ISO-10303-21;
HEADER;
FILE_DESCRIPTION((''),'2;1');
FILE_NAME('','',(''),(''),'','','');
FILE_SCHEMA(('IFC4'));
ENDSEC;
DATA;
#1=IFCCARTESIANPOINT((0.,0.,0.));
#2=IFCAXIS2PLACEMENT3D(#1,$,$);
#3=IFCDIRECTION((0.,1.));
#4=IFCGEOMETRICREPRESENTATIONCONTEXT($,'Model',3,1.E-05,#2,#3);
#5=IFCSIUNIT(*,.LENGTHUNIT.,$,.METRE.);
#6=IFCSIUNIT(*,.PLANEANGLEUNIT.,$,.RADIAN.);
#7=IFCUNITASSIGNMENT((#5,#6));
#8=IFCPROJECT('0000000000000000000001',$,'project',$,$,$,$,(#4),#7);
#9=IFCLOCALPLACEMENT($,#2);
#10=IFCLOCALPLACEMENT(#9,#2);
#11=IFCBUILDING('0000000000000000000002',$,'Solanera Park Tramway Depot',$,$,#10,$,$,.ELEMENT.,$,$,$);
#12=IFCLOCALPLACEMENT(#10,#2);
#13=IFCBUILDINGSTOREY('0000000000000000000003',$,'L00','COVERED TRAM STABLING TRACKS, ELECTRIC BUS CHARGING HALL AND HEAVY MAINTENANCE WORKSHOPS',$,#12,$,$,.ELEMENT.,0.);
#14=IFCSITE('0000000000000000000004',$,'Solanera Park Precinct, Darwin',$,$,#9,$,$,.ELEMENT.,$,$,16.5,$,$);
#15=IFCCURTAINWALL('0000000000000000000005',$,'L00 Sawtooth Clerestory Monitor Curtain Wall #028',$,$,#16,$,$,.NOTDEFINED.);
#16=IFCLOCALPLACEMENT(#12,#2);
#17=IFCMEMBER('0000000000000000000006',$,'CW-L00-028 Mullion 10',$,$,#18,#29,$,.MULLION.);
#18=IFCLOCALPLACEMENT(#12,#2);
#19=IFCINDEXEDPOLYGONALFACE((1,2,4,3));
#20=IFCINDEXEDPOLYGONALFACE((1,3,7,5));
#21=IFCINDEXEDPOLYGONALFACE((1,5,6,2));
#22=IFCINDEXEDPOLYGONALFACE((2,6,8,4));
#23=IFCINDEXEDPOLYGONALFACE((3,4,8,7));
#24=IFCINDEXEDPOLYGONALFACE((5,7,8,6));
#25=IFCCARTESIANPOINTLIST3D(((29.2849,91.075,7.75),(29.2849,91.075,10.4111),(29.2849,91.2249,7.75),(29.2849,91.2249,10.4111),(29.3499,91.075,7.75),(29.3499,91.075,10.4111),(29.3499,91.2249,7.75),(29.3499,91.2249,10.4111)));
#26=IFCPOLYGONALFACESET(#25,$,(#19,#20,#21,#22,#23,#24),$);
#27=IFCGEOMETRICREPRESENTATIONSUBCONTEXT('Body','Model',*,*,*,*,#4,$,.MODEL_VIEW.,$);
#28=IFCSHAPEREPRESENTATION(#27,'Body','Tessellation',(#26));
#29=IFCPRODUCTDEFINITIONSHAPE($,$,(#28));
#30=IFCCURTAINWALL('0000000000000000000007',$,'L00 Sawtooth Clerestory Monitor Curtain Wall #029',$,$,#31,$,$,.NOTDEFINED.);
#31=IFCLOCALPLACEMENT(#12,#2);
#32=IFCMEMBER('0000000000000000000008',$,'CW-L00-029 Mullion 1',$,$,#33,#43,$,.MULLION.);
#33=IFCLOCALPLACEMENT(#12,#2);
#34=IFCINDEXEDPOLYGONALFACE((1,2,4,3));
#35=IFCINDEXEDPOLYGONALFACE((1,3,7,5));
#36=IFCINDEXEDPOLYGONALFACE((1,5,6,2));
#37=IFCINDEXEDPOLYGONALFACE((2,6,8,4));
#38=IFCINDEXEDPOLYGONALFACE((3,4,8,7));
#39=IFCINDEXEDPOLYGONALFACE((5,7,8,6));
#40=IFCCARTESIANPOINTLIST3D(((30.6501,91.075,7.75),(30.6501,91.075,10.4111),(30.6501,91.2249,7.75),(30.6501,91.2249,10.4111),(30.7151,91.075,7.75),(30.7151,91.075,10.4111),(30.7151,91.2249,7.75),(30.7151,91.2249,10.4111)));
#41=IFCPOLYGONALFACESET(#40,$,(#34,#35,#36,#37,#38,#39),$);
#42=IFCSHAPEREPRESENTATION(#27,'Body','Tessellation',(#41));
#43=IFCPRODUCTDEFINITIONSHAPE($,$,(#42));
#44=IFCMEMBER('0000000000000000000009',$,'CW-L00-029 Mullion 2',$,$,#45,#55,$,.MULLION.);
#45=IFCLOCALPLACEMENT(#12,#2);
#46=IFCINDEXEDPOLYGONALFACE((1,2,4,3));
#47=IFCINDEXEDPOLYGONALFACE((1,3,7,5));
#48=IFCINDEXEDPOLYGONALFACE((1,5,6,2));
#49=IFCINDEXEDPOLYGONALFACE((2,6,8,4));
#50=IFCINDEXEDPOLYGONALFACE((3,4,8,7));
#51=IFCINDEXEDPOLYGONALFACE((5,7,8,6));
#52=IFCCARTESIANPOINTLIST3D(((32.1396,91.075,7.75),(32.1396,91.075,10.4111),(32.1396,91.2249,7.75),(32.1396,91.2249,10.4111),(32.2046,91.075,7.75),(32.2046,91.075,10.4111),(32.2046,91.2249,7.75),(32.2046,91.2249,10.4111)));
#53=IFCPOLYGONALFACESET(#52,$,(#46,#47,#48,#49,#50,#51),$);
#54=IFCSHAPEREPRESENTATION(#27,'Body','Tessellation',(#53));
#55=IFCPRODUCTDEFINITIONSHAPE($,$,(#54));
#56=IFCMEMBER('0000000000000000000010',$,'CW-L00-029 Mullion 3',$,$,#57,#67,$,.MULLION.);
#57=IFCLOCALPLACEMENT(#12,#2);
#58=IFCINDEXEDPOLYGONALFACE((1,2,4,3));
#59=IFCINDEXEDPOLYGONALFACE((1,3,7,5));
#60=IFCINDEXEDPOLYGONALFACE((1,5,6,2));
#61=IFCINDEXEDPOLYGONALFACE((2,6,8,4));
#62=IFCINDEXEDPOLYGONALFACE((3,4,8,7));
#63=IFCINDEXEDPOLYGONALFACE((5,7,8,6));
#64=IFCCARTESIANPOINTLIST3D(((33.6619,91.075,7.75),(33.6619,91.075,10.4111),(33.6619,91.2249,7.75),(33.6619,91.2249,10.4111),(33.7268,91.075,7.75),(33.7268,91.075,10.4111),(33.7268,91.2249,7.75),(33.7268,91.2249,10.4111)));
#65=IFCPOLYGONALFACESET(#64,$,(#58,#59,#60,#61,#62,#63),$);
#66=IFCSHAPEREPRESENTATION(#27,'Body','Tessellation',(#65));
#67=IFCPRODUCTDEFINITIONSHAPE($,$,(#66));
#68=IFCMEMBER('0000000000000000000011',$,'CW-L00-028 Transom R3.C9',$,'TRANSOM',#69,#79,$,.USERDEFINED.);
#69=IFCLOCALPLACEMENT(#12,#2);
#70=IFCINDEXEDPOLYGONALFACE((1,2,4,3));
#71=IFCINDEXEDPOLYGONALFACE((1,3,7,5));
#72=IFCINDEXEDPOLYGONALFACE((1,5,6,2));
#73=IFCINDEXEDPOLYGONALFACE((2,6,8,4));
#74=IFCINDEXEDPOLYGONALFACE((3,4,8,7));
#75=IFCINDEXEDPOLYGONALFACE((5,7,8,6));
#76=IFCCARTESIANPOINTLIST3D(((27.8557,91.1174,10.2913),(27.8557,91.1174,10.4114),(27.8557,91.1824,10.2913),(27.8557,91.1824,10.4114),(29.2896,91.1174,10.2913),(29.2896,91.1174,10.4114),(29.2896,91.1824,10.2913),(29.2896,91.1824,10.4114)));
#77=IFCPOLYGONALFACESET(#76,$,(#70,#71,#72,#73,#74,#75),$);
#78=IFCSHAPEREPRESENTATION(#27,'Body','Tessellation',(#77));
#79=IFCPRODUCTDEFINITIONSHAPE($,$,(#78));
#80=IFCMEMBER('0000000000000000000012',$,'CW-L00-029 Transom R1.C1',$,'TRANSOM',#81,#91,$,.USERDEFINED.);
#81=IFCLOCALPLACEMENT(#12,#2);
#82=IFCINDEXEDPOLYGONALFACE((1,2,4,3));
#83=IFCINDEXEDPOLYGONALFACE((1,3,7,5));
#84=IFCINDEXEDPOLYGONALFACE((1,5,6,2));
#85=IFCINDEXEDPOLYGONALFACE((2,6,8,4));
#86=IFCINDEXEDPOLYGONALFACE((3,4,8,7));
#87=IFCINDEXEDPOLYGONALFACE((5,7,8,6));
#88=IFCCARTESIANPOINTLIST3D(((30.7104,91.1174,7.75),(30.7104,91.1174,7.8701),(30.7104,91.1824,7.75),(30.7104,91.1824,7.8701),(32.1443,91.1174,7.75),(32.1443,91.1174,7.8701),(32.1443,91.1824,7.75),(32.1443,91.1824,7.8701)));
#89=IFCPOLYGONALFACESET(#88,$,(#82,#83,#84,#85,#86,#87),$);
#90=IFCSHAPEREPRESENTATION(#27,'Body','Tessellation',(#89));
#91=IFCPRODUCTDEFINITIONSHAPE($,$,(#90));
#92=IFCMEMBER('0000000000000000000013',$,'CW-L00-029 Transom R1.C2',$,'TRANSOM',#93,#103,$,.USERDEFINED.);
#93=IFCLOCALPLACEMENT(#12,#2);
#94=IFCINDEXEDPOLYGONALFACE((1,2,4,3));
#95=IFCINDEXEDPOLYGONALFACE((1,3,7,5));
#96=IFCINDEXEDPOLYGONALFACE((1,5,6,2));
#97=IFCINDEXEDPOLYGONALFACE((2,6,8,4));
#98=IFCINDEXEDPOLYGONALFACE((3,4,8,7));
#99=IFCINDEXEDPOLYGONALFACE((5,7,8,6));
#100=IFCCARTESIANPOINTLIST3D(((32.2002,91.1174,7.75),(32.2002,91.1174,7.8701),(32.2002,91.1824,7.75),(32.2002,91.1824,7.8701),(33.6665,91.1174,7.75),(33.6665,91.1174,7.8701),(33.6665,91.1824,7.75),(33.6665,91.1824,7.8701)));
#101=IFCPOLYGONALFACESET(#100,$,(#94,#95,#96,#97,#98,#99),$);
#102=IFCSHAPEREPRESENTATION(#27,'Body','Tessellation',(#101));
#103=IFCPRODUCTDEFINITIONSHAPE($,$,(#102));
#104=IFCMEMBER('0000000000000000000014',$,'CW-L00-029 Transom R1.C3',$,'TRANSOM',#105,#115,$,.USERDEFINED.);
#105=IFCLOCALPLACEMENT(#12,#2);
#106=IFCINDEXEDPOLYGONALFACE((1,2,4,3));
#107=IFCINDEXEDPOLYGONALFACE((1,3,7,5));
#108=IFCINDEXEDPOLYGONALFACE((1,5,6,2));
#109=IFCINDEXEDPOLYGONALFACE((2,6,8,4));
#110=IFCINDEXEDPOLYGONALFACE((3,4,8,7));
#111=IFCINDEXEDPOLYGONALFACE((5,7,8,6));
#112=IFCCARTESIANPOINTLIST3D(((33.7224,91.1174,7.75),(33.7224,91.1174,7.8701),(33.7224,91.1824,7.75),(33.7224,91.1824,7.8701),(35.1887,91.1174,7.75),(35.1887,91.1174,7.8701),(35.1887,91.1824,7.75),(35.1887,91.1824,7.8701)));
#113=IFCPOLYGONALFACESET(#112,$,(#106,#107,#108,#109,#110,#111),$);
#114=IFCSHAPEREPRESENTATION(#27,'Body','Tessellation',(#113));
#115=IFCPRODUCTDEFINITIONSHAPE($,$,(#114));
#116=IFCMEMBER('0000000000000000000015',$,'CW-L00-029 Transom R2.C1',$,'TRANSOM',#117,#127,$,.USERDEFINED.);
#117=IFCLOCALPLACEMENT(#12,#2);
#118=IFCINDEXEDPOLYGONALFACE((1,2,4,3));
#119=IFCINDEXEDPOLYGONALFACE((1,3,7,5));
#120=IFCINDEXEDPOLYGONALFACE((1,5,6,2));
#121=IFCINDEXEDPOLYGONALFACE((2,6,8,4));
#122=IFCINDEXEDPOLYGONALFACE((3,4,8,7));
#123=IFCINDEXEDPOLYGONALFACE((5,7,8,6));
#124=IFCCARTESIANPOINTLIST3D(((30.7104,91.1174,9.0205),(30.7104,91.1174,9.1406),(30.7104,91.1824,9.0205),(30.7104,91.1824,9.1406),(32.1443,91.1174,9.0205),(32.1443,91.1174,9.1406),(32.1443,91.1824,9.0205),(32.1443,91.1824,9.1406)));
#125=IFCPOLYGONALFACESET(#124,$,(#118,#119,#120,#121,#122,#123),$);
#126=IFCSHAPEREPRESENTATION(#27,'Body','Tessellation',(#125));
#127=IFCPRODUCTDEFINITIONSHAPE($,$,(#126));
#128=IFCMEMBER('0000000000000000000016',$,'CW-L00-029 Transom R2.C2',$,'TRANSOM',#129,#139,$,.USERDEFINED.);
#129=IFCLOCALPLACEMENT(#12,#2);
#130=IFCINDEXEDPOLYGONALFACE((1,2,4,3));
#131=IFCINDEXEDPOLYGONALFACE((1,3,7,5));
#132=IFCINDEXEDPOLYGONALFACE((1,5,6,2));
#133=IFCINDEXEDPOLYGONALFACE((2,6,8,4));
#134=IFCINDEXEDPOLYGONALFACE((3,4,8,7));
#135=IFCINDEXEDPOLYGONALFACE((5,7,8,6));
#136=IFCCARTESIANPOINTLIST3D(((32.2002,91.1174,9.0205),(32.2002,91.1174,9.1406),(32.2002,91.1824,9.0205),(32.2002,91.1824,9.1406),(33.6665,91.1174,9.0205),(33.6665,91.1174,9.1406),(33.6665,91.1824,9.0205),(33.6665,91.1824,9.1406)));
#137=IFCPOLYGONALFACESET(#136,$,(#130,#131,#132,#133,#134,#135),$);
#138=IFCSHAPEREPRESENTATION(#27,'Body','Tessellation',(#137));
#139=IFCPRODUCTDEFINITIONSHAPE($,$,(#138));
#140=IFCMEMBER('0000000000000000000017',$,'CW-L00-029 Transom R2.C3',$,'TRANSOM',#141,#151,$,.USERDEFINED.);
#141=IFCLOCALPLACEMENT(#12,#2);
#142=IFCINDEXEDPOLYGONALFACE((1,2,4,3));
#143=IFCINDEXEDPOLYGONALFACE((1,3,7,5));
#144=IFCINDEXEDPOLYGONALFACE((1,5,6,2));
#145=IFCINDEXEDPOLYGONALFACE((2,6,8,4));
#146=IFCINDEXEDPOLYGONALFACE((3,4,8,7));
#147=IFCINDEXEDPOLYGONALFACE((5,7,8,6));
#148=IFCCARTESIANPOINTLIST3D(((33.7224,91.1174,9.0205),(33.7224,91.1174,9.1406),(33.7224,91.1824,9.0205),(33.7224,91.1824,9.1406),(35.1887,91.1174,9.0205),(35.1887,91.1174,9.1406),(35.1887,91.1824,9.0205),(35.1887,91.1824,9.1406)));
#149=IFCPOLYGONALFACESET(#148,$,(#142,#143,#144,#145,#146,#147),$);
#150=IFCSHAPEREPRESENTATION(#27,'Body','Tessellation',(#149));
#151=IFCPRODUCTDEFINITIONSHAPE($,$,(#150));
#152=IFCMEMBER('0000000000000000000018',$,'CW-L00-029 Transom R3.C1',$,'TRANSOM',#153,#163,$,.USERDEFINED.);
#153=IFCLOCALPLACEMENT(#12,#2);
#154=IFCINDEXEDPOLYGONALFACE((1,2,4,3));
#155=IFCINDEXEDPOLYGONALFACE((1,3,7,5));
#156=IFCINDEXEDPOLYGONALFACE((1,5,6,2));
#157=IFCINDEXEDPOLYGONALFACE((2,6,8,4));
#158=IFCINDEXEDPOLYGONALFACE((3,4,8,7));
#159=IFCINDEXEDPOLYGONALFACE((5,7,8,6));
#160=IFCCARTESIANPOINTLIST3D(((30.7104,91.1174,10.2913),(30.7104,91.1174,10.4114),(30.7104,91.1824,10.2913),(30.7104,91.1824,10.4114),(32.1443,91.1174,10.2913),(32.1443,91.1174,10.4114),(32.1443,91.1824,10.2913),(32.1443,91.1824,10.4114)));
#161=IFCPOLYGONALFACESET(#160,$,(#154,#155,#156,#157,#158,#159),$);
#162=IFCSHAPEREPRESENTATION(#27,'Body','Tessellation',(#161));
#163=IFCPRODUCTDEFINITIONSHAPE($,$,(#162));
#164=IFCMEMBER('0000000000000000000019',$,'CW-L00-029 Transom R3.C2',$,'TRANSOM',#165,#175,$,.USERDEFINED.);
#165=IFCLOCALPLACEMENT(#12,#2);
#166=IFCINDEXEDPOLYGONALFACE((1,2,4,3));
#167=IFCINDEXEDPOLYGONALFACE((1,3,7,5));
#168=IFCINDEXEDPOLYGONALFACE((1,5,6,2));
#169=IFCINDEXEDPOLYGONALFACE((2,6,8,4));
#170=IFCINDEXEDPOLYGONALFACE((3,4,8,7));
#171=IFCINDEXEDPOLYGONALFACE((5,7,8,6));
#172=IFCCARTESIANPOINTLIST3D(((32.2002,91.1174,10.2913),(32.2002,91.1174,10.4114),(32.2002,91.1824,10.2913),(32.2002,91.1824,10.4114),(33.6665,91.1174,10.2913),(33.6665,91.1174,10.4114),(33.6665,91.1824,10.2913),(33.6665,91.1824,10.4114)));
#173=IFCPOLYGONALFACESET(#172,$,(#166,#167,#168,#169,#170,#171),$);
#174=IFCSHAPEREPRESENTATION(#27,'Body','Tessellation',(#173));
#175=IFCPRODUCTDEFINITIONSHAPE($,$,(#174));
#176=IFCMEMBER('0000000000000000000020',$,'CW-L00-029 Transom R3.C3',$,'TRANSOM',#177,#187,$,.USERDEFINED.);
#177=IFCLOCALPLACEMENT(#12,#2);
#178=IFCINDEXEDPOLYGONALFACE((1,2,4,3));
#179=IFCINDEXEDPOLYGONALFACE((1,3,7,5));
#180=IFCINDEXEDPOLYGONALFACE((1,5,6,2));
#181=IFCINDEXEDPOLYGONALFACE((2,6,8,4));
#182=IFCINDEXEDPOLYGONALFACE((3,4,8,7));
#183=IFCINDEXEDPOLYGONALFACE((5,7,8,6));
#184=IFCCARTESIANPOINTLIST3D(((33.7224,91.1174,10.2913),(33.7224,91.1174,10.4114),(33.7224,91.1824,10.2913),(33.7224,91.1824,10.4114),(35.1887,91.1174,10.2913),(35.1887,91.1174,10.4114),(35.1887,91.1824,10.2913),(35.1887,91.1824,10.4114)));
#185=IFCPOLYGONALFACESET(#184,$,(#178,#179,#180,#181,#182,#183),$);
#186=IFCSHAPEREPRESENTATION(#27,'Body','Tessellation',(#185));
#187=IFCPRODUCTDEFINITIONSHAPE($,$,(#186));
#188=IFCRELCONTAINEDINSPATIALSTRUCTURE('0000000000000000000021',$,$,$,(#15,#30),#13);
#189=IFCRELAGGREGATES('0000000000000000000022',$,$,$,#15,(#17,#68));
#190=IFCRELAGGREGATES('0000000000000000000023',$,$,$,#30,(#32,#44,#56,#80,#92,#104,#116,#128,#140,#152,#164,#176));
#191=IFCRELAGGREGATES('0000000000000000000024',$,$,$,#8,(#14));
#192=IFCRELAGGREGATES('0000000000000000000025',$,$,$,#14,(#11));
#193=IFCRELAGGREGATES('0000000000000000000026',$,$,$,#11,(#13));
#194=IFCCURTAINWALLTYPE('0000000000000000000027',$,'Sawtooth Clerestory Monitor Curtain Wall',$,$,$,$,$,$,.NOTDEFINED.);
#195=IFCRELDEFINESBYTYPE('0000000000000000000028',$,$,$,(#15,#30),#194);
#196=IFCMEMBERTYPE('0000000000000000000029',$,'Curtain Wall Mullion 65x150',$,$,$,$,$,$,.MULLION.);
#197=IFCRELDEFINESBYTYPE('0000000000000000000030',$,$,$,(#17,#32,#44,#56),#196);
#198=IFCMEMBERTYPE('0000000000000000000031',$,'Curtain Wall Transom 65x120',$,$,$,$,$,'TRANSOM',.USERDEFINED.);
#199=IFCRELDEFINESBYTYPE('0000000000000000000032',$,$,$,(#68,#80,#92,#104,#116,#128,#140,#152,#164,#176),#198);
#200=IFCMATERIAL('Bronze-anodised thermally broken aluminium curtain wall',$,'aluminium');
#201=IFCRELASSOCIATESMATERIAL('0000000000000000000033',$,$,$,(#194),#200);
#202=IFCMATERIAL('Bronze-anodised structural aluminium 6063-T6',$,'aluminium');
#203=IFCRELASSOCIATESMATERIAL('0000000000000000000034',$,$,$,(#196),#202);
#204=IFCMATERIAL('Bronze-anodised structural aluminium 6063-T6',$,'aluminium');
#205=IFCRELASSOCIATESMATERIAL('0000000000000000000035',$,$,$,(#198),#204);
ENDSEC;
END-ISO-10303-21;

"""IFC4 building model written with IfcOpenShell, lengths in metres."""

from ifc_helpers import new_model, si_unit, direction, frame, origin, origin_2d, place, context, subcontext, project, spatial, rectangle, extrude, material, material_profile, profile_set, type_object, element, aggregate, save


model = new_model("IFC4")

# Units and contexts
model_context = context("Model", 3, precision=1e-05, world=origin(), true_north=direction((0.0, 1.0)))
body_context = subcontext(model_context, "Body", "Model", "MODEL_VIEW")
ifc_project = project(units=[si_unit("LENGTHUNIT", "METRE"), si_unit("PLANEANGLEUNIT", "RADIAN")], contexts=[model_context])

# Site, building, storey
site_placement = place(None, origin())
site = spatial("IfcSite", under=ifc_project, at=site_placement, Name="Solanera Park Precinct, Darwin", CompositionType="ELEMENT", RefElevation=16.5)
building_placement = place(site_placement, origin())
building = spatial("IfcBuilding", under=site, at=building_placement, Name="Solanera Park Tramway Depot", CompositionType="ELEMENT")
storey_placement = place(building_placement, origin())
storey = spatial("IfcBuildingStorey", under=building, at=storey_placement, Name="L00", Description="COVERED TRAM STABLING TRACKS, ELECTRIC BUS CHARGING HALL AND HEAVY MAINTENANCE WORKSHOPS", CompositionType="ELEMENT", Elevation=0.0)

# Curtain wall, member
ifc_material_1 = material(Name="Bronze-anodised thermally broken aluminium curtain wall", Category="aluminium")
curtain_wall_type = type_object("IfcCurtainWallType", Name="Sawtooth Clerestory Monitor Curtain Wall", PredefinedType="NOTDEFINED", material=ifc_material_1)
curtain_wall_1_placement = place(storey_placement, origin())
curtain_wall_1 = element("IfcCurtainWall", 1, at=curtain_wall_1_placement, inside=storey, type_object=curtain_wall_type, Name="L00 Sawtooth Clerestory Monitor Curtain Wall #028", PredefinedType="NOTDEFINED")
ifc_material_2 = material(Name="Bronze-anodised structural aluminium 6063-T6", Category="aluminium")
ifc_material_profile_1 = material_profile(ifc_material_2, rectangle(XDim=0.0649, YDim=0.1499, at=origin_2d()), Name="Curtain Wall Mullion 65x150")
ifc_profile_set_1 = profile_set([ifc_material_profile_1], Name="Bronze-anodised structural aluminium 6063-T6")
member_type_1 = type_object("IfcMemberType", Name="Curtain Wall Mullion 65x150", PredefinedType="MULLION", material=ifc_profile_set_1)
member_1_placement = place(storey_placement, frame((29.3174, 91.1499, 7.75), z_axis=(0.0, 0.0, 1.0), x_axis=(1.0, 0.0, 0.0)))
member_1 = element("IfcMember", 2, at=member_1_placement, type_object=member_type_1, Name="CW-L00-028 Mullion 10", PredefinedType="MULLION", context=body_context, shape_type="SweptSolid", body=[
    extrude(rectangle(XDim=0.0649, YDim=0.1499, at=origin_2d()), origin(), (0.0, 0.0, 1.0), 2.6611),
])

# Curtain wall, members
curtain_wall_2_placement = place(storey_placement, origin())
curtain_wall_2 = element("IfcCurtainWall", 3, at=curtain_wall_2_placement, inside=storey, type_object=curtain_wall_type, Name="L00 Sawtooth Clerestory Monitor Curtain Wall #029", PredefinedType="NOTDEFINED")
member_2_placement = place(storey_placement, frame((30.6826, 91.1499, 7.75), z_axis=(0.0, 0.0, 1.0), x_axis=(1.0, 0.0, 0.0)))
member_2 = element("IfcMember", 4, at=member_2_placement, type_object=member_type_1, Name="CW-L00-029 Mullion 1", PredefinedType="MULLION", context=body_context, shape_type="SweptSolid", body=[
    extrude(rectangle(XDim=0.0649, YDim=0.1499, at=origin_2d()), origin(), (0.0, 0.0, 1.0), 2.6611),
])
member_3_placement = place(storey_placement, frame((32.1721, 91.1499, 7.75), z_axis=(0.0, 0.0, 1.0), x_axis=(1.0, 0.0, 0.0)))
member_3 = element("IfcMember", 5, at=member_3_placement, type_object=member_type_1, Name="CW-L00-029 Mullion 2", PredefinedType="MULLION", context=body_context, shape_type="SweptSolid", body=[
    extrude(rectangle(XDim=0.0649, YDim=0.1499, at=origin_2d()), origin(), (0.0, 0.0, 1.0), 2.6611),
])
member_4_placement = place(storey_placement, frame((33.6943, 91.1499, 7.75), z_axis=(0.0, 0.0, 1.0), x_axis=(1.0, 0.0, 0.0)))
member_4 = element("IfcMember", 6, at=member_4_placement, type_object=member_type_1, Name="CW-L00-029 Mullion 3", PredefinedType="MULLION", context=body_context, shape_type="SweptSolid", body=[
    extrude(rectangle(XDim=0.0649, YDim=0.1499, at=origin_2d()), origin(), (0.0, 0.0, 1.0), 2.6611),
])

# Members
ifc_material_3 = material(Name="Bronze-anodised structural aluminium 6063-T6", Category="aluminium")
ifc_material_profile_2 = material_profile(ifc_material_3, rectangle(XDim=0.0649, YDim=0.1201, at=origin_2d()), Name="Curtain Wall Transom 65x120")
ifc_profile_set_2 = profile_set([ifc_material_profile_2], Name="Bronze-anodised structural aluminium 6063-T6")
member_type_2 = type_object("IfcMemberType", Name="Curtain Wall Transom 65x120", ElementType="TRANSOM", PredefinedType="USERDEFINED", material=ifc_profile_set_2)
member_5_placement = place(storey_placement, frame((27.8557, 91.1499, 10.3513), z_axis=(1.0, 0.0, 0.0), x_axis=(0.0, 1.0, 0.0)))
member_5 = element("IfcMember", 7, at=member_5_placement, type_object=member_type_2, Name="CW-L00-028 Transom R3.C9", ObjectType="TRANSOM", PredefinedType="USERDEFINED", context=body_context, shape_type="SweptSolid", body=[
    extrude(rectangle(XDim=0.0649, YDim=0.1201, at=origin_2d()), origin(), (0.0, 0.0, 1.0), 1.4338),
])
member_6_placement = place(storey_placement, frame((30.7104, 91.1499, 7.8101), z_axis=(1.0, 0.0, 0.0), x_axis=(0.0, 1.0, 0.0)))
member_6 = element("IfcMember", 8, at=member_6_placement, type_object=member_type_2, Name="CW-L00-029 Transom R1.C1", ObjectType="TRANSOM", PredefinedType="USERDEFINED", context=body_context, shape_type="SweptSolid", body=[
    extrude(rectangle(XDim=0.0649, YDim=0.1201, at=origin_2d()), origin(), (0.0, 0.0, 1.0), 1.4338),
])
member_7_placement = place(storey_placement, frame((32.2002, 91.1499, 7.8101), z_axis=(1.0, 0.0, 0.0), x_axis=(0.0, 1.0, 0.0)))
member_7 = element("IfcMember", 9, at=member_7_placement, type_object=member_type_2, Name="CW-L00-029 Transom R1.C2", ObjectType="TRANSOM", PredefinedType="USERDEFINED", context=body_context, shape_type="SweptSolid", body=[
    extrude(rectangle(XDim=0.0649, YDim=0.1201, at=origin_2d()), origin(), (0.0, 0.0, 1.0), 1.4663),
])
member_8_placement = place(storey_placement, frame((33.7224, 91.1499, 7.8101), z_axis=(1.0, 0.0, 0.0), x_axis=(0.0, 1.0, 0.0)))
member_8 = element("IfcMember", 10, at=member_8_placement, type_object=member_type_2, Name="CW-L00-029 Transom R1.C3", ObjectType="TRANSOM", PredefinedType="USERDEFINED", context=body_context, shape_type="SweptSolid", body=[
    extrude(rectangle(XDim=0.0649, YDim=0.1201, at=origin_2d()), origin(), (0.0, 0.0, 1.0), 1.4663),
])
member_9_placement = place(storey_placement, frame((30.7104, 91.1499, 9.0806), z_axis=(1.0, 0.0, 0.0), x_axis=(0.0, 1.0, 0.0)))
member_9 = element("IfcMember", 11, at=member_9_placement, type_object=member_type_2, Name="CW-L00-029 Transom R2.C1", ObjectType="TRANSOM", PredefinedType="USERDEFINED", context=body_context, shape_type="SweptSolid", body=[
    extrude(rectangle(XDim=0.0649, YDim=0.1201, at=origin_2d()), origin(), (0.0, 0.0, 1.0), 1.4338),
])
member_10_placement = place(storey_placement, frame((32.2002, 91.1499, 9.0806), z_axis=(1.0, 0.0, 0.0), x_axis=(0.0, 1.0, 0.0)))
member_10 = element("IfcMember", 12, at=member_10_placement, type_object=member_type_2, Name="CW-L00-029 Transom R2.C2", ObjectType="TRANSOM", PredefinedType="USERDEFINED", context=body_context, shape_type="SweptSolid", body=[
    extrude(rectangle(XDim=0.0649, YDim=0.1201, at=origin_2d()), origin(), (0.0, 0.0, 1.0), 1.4663),
])
member_11_placement = place(storey_placement, frame((33.7224, 91.1499, 9.0806), z_axis=(1.0, 0.0, 0.0), x_axis=(0.0, 1.0, 0.0)))
member_11 = element("IfcMember", 13, at=member_11_placement, type_object=member_type_2, Name="CW-L00-029 Transom R2.C3", ObjectType="TRANSOM", PredefinedType="USERDEFINED", context=body_context, shape_type="SweptSolid", body=[
    extrude(rectangle(XDim=0.0649, YDim=0.1201, at=origin_2d()), origin(), (0.0, 0.0, 1.0), 1.4663),
])
member_12_placement = place(storey_placement, frame((30.7104, 91.1499, 10.3513), z_axis=(1.0, 0.0, 0.0), x_axis=(0.0, 1.0, 0.0)))
member_12 = element("IfcMember", 14, at=member_12_placement, type_object=member_type_2, Name="CW-L00-029 Transom R3.C1", ObjectType="TRANSOM", PredefinedType="USERDEFINED", context=body_context, shape_type="SweptSolid", body=[
    extrude(rectangle(XDim=0.0649, YDim=0.1201, at=origin_2d()), origin(), (0.0, 0.0, 1.0), 1.4338),
])
member_13_placement = place(storey_placement, frame((32.2002, 91.1499, 10.3513), z_axis=(1.0, 0.0, 0.0), x_axis=(0.0, 1.0, 0.0)))
member_13 = element("IfcMember", 15, at=member_13_placement, type_object=member_type_2, Name="CW-L00-029 Transom R3.C2", ObjectType="TRANSOM", PredefinedType="USERDEFINED", context=body_context, shape_type="SweptSolid", body=[
    extrude(rectangle(XDim=0.0649, YDim=0.1201, at=origin_2d()), origin(), (0.0, 0.0, 1.0), 1.4663),
])
member_14_placement = place(storey_placement, frame((33.7224, 91.1499, 10.3513), z_axis=(1.0, 0.0, 0.0), x_axis=(0.0, 1.0, 0.0)))
member_14 = element("IfcMember", 16, at=member_14_placement, type_object=member_type_2, Name="CW-L00-029 Transom R3.C3", ObjectType="TRANSOM", PredefinedType="USERDEFINED", context=body_context, shape_type="SweptSolid", body=[
    extrude(rectangle(XDim=0.0649, YDim=0.1201, at=origin_2d()), origin(), (0.0, 0.0, 1.0), 1.4663),
])

aggregate(curtain_wall_1, [member_1, member_5])
aggregate(curtain_wall_2, [member_2, member_3, member_4, member_6, member_7, member_8, member_9, member_10, member_11, member_12, member_13, member_14])

save(model, "model.ifc")
